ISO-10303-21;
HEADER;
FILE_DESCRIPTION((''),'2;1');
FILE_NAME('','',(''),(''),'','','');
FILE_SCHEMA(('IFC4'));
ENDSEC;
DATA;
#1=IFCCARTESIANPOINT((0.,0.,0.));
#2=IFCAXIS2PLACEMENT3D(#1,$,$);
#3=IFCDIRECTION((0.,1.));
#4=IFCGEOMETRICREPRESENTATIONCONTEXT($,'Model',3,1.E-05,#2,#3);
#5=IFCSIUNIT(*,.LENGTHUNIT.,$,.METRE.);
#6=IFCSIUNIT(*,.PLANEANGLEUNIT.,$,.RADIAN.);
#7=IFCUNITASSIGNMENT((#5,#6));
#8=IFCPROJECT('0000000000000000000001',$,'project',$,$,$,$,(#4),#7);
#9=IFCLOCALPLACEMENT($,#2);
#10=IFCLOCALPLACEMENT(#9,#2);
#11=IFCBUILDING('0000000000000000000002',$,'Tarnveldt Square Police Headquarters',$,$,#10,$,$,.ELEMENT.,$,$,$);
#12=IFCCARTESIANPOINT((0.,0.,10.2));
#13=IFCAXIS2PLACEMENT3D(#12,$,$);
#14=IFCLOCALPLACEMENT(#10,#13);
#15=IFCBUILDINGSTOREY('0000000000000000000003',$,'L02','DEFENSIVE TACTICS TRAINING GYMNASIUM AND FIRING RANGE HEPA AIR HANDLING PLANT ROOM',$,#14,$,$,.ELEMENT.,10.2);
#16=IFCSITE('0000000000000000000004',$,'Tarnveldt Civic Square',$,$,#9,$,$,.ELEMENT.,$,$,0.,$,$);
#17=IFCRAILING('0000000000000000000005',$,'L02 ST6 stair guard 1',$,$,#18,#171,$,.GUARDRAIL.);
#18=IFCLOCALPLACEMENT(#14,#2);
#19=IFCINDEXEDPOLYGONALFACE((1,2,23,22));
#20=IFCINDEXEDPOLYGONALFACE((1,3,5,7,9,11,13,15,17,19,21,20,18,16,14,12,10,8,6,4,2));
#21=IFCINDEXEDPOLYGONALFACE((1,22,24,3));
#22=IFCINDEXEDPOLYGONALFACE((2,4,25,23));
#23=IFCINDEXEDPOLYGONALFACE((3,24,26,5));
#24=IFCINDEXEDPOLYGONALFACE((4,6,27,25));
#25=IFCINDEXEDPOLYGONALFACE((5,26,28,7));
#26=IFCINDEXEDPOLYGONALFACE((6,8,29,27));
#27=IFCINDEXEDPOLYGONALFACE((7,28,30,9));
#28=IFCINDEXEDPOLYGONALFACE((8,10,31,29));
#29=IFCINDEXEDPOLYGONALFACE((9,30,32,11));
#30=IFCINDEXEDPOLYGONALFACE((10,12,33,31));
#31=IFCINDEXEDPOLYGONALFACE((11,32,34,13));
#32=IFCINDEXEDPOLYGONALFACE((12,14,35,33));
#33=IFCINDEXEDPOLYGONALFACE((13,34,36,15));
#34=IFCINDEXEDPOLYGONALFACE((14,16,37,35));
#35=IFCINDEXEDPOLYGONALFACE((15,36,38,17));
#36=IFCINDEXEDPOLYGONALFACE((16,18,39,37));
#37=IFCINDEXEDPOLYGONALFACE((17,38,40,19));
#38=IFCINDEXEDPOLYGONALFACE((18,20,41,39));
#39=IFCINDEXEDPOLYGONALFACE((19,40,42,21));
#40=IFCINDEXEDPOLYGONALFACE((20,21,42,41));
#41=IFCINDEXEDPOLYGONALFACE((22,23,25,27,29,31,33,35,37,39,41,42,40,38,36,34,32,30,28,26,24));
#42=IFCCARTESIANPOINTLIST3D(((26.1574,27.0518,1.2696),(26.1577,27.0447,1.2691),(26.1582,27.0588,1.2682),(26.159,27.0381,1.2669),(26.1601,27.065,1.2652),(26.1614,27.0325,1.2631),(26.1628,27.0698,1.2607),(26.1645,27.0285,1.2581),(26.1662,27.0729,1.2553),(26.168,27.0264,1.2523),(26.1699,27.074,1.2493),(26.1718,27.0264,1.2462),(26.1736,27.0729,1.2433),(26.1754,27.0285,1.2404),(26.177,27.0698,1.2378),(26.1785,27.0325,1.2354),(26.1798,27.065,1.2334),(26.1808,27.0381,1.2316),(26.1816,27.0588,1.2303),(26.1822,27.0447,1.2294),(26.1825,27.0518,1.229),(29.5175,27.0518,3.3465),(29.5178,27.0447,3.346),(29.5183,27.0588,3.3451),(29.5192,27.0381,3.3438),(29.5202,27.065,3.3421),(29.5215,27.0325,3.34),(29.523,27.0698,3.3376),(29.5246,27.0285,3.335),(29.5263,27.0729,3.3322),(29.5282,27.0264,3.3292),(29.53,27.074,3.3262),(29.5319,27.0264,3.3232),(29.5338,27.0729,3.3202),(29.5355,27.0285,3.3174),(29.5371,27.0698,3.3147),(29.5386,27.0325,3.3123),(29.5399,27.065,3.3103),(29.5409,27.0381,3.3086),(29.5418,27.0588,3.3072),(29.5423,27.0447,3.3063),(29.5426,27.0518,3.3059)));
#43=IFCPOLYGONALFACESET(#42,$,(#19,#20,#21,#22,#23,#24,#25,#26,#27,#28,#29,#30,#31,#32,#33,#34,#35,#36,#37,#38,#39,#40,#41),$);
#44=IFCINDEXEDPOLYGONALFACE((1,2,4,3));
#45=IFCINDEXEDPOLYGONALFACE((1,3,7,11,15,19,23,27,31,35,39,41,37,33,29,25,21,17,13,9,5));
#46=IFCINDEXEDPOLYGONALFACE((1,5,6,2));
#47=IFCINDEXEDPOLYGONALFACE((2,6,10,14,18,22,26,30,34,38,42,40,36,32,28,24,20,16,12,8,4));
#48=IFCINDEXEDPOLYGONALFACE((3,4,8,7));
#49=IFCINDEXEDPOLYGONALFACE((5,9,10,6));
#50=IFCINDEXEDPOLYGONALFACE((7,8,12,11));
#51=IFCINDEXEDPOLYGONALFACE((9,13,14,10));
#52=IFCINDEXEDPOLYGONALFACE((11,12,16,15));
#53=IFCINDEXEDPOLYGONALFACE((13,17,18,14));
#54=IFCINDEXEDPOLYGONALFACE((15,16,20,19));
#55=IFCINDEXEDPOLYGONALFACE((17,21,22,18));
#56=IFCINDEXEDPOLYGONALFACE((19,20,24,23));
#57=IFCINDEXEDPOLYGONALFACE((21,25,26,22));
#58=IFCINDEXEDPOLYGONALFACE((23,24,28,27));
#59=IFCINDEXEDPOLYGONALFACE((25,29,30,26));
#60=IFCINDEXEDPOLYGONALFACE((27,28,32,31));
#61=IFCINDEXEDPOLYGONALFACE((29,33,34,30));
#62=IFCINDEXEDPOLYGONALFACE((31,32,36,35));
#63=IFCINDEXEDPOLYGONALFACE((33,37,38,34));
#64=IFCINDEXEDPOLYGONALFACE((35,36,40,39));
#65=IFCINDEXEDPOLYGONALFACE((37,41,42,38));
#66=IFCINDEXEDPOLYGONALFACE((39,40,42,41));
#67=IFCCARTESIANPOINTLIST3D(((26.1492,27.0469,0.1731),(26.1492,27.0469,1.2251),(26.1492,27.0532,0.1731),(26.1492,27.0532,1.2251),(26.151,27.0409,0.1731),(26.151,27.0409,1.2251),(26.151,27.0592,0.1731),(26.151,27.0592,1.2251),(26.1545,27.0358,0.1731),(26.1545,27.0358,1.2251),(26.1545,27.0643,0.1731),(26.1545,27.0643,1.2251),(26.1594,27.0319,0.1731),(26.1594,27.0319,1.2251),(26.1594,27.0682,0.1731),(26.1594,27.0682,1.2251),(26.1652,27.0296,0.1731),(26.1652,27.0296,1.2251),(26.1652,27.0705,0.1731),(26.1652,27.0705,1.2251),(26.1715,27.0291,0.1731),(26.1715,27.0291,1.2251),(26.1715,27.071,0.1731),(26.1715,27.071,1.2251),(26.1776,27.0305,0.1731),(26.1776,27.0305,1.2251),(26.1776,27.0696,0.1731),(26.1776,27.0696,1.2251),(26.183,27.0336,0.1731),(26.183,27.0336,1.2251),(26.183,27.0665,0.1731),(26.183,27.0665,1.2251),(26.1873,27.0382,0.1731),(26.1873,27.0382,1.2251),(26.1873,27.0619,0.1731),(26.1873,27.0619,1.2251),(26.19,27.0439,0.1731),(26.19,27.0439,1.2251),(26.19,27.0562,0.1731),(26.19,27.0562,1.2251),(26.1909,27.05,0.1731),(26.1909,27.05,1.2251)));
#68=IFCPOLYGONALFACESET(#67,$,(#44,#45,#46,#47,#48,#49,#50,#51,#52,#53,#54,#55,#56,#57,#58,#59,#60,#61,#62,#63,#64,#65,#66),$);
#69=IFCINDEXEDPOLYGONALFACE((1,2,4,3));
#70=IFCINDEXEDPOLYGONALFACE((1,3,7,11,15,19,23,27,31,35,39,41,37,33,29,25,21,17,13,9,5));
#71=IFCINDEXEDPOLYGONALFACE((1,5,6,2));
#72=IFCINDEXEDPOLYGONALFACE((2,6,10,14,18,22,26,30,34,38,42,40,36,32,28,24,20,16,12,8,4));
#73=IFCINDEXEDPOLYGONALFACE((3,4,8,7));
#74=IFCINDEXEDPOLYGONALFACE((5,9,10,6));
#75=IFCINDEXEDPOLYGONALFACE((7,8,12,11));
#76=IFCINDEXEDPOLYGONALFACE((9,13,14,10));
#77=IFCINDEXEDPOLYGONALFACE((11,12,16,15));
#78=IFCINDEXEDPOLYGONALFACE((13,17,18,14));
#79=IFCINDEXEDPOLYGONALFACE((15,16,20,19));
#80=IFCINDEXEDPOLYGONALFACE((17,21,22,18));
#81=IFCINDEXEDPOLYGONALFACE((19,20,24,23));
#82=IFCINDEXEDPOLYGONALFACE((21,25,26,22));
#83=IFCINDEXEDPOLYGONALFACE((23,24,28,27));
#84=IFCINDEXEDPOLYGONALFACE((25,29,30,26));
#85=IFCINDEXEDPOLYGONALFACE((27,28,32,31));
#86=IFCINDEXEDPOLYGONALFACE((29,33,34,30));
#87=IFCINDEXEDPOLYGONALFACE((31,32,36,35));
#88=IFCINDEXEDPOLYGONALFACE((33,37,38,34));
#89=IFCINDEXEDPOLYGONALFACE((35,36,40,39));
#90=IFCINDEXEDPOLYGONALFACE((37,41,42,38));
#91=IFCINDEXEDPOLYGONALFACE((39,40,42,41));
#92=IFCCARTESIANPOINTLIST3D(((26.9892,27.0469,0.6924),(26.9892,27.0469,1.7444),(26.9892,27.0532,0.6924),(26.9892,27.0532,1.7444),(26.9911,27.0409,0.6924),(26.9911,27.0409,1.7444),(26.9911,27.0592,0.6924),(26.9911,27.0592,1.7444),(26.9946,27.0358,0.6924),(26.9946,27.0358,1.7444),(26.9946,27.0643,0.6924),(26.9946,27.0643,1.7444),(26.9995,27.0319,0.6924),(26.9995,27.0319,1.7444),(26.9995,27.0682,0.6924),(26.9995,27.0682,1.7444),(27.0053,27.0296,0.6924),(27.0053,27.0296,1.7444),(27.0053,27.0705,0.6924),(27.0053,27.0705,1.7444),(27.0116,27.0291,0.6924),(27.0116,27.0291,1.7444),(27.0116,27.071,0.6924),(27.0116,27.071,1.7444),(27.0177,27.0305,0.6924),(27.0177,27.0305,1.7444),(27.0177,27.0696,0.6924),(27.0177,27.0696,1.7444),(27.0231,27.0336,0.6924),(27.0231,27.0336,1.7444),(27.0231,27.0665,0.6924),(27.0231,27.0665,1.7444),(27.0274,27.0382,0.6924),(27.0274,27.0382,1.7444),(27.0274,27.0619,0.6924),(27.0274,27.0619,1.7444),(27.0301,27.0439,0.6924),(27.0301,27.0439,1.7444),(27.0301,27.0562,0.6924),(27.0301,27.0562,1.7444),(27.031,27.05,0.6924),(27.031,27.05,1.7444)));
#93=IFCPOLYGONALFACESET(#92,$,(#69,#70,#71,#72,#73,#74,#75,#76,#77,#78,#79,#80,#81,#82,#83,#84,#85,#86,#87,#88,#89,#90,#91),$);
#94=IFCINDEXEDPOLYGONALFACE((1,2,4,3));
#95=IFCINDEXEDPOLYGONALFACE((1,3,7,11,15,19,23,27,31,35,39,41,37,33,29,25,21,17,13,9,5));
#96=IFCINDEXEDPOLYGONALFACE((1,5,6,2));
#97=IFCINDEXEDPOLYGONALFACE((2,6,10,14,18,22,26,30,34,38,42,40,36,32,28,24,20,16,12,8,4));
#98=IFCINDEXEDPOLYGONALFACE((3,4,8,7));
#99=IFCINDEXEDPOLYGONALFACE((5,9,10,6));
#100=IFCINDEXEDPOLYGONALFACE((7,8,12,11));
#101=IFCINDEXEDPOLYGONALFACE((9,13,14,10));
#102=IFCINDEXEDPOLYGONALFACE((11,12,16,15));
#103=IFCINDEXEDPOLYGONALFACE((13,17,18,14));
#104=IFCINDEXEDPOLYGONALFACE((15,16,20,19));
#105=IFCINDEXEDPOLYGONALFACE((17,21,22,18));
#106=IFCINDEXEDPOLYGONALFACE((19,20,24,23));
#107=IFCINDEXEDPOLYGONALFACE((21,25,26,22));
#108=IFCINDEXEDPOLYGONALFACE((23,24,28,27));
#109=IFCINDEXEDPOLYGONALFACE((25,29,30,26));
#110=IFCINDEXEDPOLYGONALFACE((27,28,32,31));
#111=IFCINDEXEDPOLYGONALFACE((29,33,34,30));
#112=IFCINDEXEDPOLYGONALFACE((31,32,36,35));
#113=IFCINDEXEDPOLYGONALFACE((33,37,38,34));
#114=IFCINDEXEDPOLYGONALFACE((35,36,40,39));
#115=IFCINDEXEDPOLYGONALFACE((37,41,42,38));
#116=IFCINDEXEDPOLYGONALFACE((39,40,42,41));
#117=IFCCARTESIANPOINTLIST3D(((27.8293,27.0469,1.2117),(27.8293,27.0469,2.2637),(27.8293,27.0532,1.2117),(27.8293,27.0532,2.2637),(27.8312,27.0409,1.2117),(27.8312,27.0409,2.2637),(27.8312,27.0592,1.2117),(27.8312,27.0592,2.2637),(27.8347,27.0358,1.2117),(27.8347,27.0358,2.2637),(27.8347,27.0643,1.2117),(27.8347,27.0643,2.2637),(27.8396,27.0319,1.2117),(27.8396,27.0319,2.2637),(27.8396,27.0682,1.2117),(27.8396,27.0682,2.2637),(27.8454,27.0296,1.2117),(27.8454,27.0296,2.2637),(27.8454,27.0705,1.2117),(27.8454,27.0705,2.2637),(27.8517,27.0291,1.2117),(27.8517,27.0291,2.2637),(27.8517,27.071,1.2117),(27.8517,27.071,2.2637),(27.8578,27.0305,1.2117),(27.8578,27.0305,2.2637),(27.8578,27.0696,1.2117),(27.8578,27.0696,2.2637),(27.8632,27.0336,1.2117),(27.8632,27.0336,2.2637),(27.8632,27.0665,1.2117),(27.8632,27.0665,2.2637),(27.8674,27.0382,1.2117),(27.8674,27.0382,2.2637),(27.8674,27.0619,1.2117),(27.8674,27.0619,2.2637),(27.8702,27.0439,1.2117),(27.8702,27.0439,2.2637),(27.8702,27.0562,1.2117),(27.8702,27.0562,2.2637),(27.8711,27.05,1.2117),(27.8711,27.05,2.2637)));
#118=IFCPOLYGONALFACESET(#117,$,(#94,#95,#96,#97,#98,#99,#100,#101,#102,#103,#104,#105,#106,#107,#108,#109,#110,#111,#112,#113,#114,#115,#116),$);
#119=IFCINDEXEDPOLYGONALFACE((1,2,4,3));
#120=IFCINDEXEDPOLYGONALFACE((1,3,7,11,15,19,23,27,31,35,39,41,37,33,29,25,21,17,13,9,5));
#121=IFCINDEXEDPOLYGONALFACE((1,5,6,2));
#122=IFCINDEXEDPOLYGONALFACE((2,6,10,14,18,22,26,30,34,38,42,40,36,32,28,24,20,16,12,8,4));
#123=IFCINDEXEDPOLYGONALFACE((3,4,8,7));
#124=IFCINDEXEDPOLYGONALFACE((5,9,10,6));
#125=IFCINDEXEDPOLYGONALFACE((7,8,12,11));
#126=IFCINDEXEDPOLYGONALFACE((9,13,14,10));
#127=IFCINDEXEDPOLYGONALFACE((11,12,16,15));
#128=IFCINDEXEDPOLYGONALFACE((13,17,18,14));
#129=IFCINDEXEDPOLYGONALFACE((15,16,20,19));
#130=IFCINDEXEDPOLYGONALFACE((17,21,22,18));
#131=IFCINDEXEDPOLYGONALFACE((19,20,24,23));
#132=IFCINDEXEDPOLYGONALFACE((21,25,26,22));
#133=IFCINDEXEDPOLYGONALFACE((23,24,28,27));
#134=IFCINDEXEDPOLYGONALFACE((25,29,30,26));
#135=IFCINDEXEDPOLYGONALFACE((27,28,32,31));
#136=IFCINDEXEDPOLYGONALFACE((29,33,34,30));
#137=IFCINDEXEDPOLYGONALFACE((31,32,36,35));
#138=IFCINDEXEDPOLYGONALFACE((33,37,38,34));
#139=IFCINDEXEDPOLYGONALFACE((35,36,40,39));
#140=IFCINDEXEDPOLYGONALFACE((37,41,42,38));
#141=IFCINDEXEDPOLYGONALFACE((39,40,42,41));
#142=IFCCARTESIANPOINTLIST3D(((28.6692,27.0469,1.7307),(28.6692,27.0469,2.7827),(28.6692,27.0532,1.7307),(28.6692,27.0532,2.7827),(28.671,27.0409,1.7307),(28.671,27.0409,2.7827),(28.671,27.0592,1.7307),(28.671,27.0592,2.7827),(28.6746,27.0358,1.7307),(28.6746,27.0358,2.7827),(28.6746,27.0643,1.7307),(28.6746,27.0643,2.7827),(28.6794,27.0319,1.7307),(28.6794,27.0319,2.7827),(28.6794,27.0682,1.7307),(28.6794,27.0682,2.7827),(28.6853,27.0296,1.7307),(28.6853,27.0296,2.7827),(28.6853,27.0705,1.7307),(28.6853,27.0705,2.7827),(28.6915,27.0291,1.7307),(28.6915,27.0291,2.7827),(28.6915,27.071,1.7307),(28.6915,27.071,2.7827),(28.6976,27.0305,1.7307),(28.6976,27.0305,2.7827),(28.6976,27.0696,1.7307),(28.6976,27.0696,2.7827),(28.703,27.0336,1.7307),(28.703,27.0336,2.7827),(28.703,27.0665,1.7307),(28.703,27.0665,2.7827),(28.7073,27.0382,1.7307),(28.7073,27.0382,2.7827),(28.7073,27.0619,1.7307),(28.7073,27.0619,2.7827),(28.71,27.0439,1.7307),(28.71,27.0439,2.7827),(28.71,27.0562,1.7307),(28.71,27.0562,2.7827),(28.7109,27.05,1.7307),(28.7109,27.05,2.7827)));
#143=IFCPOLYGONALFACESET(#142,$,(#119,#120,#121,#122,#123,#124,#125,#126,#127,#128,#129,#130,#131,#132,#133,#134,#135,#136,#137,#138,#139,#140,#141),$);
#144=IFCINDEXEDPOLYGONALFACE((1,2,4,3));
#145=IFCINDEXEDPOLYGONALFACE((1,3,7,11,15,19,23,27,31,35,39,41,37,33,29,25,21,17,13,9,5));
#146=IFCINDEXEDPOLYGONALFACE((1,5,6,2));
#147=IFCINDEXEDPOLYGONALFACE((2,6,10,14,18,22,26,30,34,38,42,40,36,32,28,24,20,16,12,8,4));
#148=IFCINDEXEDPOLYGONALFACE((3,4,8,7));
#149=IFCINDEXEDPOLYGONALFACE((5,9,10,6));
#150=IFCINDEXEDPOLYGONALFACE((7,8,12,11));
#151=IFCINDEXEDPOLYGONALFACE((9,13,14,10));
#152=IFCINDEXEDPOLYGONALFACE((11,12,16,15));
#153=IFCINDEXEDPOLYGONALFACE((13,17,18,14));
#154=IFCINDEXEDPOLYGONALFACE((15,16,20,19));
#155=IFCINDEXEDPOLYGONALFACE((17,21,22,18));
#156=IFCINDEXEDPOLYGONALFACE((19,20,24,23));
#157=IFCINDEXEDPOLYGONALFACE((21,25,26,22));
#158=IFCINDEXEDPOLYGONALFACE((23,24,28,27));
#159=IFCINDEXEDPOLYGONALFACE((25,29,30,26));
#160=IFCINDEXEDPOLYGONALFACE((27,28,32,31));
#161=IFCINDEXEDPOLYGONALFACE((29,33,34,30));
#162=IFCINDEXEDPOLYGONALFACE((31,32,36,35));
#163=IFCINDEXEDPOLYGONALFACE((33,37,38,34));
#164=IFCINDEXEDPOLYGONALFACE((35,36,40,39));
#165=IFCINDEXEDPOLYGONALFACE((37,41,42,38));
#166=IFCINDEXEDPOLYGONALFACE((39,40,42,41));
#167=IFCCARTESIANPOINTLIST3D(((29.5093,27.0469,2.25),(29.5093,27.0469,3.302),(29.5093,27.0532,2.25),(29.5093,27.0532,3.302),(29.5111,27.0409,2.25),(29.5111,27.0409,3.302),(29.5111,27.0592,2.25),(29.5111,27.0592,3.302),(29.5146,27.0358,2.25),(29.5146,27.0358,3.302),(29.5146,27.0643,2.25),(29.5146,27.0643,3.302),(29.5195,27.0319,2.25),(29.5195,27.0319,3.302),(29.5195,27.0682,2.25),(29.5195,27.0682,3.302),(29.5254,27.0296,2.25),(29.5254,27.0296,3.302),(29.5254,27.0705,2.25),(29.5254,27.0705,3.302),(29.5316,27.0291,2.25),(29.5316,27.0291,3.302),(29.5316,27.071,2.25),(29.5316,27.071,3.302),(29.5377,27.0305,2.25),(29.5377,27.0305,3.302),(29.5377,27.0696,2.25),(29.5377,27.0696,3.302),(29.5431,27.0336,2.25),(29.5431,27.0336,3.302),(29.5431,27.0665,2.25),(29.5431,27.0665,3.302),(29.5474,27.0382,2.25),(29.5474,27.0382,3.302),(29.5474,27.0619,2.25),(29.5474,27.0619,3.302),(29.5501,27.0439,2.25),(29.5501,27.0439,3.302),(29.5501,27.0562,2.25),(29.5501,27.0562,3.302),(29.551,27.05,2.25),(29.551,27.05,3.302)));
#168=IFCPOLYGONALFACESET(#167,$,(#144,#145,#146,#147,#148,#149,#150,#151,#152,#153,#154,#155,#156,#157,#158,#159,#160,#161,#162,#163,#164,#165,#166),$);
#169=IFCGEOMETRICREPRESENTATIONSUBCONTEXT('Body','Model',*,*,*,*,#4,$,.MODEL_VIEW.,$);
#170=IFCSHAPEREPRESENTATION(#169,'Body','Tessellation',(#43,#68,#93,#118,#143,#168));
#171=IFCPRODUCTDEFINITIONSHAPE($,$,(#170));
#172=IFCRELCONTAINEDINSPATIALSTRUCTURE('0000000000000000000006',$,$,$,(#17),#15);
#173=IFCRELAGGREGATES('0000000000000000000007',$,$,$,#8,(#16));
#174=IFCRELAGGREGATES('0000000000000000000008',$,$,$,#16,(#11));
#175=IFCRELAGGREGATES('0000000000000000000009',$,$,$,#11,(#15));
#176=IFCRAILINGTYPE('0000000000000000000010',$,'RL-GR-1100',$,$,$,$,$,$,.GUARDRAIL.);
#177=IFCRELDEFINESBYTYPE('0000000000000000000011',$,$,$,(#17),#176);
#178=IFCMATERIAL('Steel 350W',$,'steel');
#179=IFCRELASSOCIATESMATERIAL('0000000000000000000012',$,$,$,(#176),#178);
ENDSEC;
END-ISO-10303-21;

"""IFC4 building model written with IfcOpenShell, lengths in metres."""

from ifc_helpers import new_model, si_unit, direction, frame, origin, origin_2d, place, context, subcontext, project, spatial, circle, extrude, material, type_object, element, save


model = new_model("IFC4")

# Units and contexts
model_context = context("Model", 3, precision=1e-05, world=origin(), true_north=direction((0.0, 1.0)))
body_context = subcontext(model_context, "Body", "Model", "MODEL_VIEW")
ifc_project = project(units=[si_unit("LENGTHUNIT", "METRE"), si_unit("PLANEANGLEUNIT", "RADIAN")], contexts=[model_context])

# Site, building, storey
site_placement = place(None, origin())
site = spatial("IfcSite", under=ifc_project, at=site_placement, Name="Tarnveldt Civic Square", CompositionType="ELEMENT", RefElevation=0.0)
building_placement = place(site_placement, origin())
building = spatial("IfcBuilding", under=site, at=building_placement, Name="Tarnveldt Square Police Headquarters", CompositionType="ELEMENT")
storey_placement = place(building_placement, frame((0.0, 0.0, 10.2)))
storey = spatial("IfcBuildingStorey", under=building, at=storey_placement, Name="L02", Description="DEFENSIVE TACTICS TRAINING GYMNASIUM AND FIRING RANGE HEPA AIR HANDLING PLANT ROOM", CompositionType="ELEMENT", Elevation=10.2)

# Shared definitions
ifc_material_1 = material(Name="Steel 350W", Category="steel")

# Railing
railing_type_1 = type_object("IfcRailingType", Name="RL-GR-1100", PredefinedType="GUARDRAIL", material=ifc_material_1)
railing_1_placement = place(storey_placement, frame((26.1699, 27.05, 0.1731)))
element("IfcRailing", 1, at=railing_1_placement, inside=storey, type_object=railing_type_1, Name="L02 ST6 stair guard 1", PredefinedType="GUARDRAIL", context=body_context, shape_type="SweptSolid", body=[
    extrude(circle(Radius=0.0239, at=origin_2d()), frame((0.0, 0.0, 1.0762), z_axis=(0.850623, 0.0, 0.525776), x_axis=(0.0, 1.0, 0.0)), (0.0, 0.0, 1.0), 3.9502),
    extrude(circle(Radius=0.021, at=origin_2d()), origin(), (0.0, 0.0, 1.0), 1.052),
    extrude(circle(Radius=0.021, at=origin_2d()), frame((0.8401, 0.0, 0.5193)), (0.0, 0.0, 1.0), 1.052),
    extrude(circle(Radius=0.021, at=origin_2d()), frame((1.6802, 0.0, 1.0386)), (0.0, 0.0, 1.0), 1.052),
    extrude(circle(Radius=0.021, at=origin_2d()), frame((2.52, 0.0, 1.5576)), (0.0, 0.0, 1.0), 1.052),
    extrude(circle(Radius=0.021, at=origin_2d()), frame((3.3601, 0.0, 2.0769)), (0.0, 0.0, 1.0), 1.052),
])

save(model, "model.ifc")
